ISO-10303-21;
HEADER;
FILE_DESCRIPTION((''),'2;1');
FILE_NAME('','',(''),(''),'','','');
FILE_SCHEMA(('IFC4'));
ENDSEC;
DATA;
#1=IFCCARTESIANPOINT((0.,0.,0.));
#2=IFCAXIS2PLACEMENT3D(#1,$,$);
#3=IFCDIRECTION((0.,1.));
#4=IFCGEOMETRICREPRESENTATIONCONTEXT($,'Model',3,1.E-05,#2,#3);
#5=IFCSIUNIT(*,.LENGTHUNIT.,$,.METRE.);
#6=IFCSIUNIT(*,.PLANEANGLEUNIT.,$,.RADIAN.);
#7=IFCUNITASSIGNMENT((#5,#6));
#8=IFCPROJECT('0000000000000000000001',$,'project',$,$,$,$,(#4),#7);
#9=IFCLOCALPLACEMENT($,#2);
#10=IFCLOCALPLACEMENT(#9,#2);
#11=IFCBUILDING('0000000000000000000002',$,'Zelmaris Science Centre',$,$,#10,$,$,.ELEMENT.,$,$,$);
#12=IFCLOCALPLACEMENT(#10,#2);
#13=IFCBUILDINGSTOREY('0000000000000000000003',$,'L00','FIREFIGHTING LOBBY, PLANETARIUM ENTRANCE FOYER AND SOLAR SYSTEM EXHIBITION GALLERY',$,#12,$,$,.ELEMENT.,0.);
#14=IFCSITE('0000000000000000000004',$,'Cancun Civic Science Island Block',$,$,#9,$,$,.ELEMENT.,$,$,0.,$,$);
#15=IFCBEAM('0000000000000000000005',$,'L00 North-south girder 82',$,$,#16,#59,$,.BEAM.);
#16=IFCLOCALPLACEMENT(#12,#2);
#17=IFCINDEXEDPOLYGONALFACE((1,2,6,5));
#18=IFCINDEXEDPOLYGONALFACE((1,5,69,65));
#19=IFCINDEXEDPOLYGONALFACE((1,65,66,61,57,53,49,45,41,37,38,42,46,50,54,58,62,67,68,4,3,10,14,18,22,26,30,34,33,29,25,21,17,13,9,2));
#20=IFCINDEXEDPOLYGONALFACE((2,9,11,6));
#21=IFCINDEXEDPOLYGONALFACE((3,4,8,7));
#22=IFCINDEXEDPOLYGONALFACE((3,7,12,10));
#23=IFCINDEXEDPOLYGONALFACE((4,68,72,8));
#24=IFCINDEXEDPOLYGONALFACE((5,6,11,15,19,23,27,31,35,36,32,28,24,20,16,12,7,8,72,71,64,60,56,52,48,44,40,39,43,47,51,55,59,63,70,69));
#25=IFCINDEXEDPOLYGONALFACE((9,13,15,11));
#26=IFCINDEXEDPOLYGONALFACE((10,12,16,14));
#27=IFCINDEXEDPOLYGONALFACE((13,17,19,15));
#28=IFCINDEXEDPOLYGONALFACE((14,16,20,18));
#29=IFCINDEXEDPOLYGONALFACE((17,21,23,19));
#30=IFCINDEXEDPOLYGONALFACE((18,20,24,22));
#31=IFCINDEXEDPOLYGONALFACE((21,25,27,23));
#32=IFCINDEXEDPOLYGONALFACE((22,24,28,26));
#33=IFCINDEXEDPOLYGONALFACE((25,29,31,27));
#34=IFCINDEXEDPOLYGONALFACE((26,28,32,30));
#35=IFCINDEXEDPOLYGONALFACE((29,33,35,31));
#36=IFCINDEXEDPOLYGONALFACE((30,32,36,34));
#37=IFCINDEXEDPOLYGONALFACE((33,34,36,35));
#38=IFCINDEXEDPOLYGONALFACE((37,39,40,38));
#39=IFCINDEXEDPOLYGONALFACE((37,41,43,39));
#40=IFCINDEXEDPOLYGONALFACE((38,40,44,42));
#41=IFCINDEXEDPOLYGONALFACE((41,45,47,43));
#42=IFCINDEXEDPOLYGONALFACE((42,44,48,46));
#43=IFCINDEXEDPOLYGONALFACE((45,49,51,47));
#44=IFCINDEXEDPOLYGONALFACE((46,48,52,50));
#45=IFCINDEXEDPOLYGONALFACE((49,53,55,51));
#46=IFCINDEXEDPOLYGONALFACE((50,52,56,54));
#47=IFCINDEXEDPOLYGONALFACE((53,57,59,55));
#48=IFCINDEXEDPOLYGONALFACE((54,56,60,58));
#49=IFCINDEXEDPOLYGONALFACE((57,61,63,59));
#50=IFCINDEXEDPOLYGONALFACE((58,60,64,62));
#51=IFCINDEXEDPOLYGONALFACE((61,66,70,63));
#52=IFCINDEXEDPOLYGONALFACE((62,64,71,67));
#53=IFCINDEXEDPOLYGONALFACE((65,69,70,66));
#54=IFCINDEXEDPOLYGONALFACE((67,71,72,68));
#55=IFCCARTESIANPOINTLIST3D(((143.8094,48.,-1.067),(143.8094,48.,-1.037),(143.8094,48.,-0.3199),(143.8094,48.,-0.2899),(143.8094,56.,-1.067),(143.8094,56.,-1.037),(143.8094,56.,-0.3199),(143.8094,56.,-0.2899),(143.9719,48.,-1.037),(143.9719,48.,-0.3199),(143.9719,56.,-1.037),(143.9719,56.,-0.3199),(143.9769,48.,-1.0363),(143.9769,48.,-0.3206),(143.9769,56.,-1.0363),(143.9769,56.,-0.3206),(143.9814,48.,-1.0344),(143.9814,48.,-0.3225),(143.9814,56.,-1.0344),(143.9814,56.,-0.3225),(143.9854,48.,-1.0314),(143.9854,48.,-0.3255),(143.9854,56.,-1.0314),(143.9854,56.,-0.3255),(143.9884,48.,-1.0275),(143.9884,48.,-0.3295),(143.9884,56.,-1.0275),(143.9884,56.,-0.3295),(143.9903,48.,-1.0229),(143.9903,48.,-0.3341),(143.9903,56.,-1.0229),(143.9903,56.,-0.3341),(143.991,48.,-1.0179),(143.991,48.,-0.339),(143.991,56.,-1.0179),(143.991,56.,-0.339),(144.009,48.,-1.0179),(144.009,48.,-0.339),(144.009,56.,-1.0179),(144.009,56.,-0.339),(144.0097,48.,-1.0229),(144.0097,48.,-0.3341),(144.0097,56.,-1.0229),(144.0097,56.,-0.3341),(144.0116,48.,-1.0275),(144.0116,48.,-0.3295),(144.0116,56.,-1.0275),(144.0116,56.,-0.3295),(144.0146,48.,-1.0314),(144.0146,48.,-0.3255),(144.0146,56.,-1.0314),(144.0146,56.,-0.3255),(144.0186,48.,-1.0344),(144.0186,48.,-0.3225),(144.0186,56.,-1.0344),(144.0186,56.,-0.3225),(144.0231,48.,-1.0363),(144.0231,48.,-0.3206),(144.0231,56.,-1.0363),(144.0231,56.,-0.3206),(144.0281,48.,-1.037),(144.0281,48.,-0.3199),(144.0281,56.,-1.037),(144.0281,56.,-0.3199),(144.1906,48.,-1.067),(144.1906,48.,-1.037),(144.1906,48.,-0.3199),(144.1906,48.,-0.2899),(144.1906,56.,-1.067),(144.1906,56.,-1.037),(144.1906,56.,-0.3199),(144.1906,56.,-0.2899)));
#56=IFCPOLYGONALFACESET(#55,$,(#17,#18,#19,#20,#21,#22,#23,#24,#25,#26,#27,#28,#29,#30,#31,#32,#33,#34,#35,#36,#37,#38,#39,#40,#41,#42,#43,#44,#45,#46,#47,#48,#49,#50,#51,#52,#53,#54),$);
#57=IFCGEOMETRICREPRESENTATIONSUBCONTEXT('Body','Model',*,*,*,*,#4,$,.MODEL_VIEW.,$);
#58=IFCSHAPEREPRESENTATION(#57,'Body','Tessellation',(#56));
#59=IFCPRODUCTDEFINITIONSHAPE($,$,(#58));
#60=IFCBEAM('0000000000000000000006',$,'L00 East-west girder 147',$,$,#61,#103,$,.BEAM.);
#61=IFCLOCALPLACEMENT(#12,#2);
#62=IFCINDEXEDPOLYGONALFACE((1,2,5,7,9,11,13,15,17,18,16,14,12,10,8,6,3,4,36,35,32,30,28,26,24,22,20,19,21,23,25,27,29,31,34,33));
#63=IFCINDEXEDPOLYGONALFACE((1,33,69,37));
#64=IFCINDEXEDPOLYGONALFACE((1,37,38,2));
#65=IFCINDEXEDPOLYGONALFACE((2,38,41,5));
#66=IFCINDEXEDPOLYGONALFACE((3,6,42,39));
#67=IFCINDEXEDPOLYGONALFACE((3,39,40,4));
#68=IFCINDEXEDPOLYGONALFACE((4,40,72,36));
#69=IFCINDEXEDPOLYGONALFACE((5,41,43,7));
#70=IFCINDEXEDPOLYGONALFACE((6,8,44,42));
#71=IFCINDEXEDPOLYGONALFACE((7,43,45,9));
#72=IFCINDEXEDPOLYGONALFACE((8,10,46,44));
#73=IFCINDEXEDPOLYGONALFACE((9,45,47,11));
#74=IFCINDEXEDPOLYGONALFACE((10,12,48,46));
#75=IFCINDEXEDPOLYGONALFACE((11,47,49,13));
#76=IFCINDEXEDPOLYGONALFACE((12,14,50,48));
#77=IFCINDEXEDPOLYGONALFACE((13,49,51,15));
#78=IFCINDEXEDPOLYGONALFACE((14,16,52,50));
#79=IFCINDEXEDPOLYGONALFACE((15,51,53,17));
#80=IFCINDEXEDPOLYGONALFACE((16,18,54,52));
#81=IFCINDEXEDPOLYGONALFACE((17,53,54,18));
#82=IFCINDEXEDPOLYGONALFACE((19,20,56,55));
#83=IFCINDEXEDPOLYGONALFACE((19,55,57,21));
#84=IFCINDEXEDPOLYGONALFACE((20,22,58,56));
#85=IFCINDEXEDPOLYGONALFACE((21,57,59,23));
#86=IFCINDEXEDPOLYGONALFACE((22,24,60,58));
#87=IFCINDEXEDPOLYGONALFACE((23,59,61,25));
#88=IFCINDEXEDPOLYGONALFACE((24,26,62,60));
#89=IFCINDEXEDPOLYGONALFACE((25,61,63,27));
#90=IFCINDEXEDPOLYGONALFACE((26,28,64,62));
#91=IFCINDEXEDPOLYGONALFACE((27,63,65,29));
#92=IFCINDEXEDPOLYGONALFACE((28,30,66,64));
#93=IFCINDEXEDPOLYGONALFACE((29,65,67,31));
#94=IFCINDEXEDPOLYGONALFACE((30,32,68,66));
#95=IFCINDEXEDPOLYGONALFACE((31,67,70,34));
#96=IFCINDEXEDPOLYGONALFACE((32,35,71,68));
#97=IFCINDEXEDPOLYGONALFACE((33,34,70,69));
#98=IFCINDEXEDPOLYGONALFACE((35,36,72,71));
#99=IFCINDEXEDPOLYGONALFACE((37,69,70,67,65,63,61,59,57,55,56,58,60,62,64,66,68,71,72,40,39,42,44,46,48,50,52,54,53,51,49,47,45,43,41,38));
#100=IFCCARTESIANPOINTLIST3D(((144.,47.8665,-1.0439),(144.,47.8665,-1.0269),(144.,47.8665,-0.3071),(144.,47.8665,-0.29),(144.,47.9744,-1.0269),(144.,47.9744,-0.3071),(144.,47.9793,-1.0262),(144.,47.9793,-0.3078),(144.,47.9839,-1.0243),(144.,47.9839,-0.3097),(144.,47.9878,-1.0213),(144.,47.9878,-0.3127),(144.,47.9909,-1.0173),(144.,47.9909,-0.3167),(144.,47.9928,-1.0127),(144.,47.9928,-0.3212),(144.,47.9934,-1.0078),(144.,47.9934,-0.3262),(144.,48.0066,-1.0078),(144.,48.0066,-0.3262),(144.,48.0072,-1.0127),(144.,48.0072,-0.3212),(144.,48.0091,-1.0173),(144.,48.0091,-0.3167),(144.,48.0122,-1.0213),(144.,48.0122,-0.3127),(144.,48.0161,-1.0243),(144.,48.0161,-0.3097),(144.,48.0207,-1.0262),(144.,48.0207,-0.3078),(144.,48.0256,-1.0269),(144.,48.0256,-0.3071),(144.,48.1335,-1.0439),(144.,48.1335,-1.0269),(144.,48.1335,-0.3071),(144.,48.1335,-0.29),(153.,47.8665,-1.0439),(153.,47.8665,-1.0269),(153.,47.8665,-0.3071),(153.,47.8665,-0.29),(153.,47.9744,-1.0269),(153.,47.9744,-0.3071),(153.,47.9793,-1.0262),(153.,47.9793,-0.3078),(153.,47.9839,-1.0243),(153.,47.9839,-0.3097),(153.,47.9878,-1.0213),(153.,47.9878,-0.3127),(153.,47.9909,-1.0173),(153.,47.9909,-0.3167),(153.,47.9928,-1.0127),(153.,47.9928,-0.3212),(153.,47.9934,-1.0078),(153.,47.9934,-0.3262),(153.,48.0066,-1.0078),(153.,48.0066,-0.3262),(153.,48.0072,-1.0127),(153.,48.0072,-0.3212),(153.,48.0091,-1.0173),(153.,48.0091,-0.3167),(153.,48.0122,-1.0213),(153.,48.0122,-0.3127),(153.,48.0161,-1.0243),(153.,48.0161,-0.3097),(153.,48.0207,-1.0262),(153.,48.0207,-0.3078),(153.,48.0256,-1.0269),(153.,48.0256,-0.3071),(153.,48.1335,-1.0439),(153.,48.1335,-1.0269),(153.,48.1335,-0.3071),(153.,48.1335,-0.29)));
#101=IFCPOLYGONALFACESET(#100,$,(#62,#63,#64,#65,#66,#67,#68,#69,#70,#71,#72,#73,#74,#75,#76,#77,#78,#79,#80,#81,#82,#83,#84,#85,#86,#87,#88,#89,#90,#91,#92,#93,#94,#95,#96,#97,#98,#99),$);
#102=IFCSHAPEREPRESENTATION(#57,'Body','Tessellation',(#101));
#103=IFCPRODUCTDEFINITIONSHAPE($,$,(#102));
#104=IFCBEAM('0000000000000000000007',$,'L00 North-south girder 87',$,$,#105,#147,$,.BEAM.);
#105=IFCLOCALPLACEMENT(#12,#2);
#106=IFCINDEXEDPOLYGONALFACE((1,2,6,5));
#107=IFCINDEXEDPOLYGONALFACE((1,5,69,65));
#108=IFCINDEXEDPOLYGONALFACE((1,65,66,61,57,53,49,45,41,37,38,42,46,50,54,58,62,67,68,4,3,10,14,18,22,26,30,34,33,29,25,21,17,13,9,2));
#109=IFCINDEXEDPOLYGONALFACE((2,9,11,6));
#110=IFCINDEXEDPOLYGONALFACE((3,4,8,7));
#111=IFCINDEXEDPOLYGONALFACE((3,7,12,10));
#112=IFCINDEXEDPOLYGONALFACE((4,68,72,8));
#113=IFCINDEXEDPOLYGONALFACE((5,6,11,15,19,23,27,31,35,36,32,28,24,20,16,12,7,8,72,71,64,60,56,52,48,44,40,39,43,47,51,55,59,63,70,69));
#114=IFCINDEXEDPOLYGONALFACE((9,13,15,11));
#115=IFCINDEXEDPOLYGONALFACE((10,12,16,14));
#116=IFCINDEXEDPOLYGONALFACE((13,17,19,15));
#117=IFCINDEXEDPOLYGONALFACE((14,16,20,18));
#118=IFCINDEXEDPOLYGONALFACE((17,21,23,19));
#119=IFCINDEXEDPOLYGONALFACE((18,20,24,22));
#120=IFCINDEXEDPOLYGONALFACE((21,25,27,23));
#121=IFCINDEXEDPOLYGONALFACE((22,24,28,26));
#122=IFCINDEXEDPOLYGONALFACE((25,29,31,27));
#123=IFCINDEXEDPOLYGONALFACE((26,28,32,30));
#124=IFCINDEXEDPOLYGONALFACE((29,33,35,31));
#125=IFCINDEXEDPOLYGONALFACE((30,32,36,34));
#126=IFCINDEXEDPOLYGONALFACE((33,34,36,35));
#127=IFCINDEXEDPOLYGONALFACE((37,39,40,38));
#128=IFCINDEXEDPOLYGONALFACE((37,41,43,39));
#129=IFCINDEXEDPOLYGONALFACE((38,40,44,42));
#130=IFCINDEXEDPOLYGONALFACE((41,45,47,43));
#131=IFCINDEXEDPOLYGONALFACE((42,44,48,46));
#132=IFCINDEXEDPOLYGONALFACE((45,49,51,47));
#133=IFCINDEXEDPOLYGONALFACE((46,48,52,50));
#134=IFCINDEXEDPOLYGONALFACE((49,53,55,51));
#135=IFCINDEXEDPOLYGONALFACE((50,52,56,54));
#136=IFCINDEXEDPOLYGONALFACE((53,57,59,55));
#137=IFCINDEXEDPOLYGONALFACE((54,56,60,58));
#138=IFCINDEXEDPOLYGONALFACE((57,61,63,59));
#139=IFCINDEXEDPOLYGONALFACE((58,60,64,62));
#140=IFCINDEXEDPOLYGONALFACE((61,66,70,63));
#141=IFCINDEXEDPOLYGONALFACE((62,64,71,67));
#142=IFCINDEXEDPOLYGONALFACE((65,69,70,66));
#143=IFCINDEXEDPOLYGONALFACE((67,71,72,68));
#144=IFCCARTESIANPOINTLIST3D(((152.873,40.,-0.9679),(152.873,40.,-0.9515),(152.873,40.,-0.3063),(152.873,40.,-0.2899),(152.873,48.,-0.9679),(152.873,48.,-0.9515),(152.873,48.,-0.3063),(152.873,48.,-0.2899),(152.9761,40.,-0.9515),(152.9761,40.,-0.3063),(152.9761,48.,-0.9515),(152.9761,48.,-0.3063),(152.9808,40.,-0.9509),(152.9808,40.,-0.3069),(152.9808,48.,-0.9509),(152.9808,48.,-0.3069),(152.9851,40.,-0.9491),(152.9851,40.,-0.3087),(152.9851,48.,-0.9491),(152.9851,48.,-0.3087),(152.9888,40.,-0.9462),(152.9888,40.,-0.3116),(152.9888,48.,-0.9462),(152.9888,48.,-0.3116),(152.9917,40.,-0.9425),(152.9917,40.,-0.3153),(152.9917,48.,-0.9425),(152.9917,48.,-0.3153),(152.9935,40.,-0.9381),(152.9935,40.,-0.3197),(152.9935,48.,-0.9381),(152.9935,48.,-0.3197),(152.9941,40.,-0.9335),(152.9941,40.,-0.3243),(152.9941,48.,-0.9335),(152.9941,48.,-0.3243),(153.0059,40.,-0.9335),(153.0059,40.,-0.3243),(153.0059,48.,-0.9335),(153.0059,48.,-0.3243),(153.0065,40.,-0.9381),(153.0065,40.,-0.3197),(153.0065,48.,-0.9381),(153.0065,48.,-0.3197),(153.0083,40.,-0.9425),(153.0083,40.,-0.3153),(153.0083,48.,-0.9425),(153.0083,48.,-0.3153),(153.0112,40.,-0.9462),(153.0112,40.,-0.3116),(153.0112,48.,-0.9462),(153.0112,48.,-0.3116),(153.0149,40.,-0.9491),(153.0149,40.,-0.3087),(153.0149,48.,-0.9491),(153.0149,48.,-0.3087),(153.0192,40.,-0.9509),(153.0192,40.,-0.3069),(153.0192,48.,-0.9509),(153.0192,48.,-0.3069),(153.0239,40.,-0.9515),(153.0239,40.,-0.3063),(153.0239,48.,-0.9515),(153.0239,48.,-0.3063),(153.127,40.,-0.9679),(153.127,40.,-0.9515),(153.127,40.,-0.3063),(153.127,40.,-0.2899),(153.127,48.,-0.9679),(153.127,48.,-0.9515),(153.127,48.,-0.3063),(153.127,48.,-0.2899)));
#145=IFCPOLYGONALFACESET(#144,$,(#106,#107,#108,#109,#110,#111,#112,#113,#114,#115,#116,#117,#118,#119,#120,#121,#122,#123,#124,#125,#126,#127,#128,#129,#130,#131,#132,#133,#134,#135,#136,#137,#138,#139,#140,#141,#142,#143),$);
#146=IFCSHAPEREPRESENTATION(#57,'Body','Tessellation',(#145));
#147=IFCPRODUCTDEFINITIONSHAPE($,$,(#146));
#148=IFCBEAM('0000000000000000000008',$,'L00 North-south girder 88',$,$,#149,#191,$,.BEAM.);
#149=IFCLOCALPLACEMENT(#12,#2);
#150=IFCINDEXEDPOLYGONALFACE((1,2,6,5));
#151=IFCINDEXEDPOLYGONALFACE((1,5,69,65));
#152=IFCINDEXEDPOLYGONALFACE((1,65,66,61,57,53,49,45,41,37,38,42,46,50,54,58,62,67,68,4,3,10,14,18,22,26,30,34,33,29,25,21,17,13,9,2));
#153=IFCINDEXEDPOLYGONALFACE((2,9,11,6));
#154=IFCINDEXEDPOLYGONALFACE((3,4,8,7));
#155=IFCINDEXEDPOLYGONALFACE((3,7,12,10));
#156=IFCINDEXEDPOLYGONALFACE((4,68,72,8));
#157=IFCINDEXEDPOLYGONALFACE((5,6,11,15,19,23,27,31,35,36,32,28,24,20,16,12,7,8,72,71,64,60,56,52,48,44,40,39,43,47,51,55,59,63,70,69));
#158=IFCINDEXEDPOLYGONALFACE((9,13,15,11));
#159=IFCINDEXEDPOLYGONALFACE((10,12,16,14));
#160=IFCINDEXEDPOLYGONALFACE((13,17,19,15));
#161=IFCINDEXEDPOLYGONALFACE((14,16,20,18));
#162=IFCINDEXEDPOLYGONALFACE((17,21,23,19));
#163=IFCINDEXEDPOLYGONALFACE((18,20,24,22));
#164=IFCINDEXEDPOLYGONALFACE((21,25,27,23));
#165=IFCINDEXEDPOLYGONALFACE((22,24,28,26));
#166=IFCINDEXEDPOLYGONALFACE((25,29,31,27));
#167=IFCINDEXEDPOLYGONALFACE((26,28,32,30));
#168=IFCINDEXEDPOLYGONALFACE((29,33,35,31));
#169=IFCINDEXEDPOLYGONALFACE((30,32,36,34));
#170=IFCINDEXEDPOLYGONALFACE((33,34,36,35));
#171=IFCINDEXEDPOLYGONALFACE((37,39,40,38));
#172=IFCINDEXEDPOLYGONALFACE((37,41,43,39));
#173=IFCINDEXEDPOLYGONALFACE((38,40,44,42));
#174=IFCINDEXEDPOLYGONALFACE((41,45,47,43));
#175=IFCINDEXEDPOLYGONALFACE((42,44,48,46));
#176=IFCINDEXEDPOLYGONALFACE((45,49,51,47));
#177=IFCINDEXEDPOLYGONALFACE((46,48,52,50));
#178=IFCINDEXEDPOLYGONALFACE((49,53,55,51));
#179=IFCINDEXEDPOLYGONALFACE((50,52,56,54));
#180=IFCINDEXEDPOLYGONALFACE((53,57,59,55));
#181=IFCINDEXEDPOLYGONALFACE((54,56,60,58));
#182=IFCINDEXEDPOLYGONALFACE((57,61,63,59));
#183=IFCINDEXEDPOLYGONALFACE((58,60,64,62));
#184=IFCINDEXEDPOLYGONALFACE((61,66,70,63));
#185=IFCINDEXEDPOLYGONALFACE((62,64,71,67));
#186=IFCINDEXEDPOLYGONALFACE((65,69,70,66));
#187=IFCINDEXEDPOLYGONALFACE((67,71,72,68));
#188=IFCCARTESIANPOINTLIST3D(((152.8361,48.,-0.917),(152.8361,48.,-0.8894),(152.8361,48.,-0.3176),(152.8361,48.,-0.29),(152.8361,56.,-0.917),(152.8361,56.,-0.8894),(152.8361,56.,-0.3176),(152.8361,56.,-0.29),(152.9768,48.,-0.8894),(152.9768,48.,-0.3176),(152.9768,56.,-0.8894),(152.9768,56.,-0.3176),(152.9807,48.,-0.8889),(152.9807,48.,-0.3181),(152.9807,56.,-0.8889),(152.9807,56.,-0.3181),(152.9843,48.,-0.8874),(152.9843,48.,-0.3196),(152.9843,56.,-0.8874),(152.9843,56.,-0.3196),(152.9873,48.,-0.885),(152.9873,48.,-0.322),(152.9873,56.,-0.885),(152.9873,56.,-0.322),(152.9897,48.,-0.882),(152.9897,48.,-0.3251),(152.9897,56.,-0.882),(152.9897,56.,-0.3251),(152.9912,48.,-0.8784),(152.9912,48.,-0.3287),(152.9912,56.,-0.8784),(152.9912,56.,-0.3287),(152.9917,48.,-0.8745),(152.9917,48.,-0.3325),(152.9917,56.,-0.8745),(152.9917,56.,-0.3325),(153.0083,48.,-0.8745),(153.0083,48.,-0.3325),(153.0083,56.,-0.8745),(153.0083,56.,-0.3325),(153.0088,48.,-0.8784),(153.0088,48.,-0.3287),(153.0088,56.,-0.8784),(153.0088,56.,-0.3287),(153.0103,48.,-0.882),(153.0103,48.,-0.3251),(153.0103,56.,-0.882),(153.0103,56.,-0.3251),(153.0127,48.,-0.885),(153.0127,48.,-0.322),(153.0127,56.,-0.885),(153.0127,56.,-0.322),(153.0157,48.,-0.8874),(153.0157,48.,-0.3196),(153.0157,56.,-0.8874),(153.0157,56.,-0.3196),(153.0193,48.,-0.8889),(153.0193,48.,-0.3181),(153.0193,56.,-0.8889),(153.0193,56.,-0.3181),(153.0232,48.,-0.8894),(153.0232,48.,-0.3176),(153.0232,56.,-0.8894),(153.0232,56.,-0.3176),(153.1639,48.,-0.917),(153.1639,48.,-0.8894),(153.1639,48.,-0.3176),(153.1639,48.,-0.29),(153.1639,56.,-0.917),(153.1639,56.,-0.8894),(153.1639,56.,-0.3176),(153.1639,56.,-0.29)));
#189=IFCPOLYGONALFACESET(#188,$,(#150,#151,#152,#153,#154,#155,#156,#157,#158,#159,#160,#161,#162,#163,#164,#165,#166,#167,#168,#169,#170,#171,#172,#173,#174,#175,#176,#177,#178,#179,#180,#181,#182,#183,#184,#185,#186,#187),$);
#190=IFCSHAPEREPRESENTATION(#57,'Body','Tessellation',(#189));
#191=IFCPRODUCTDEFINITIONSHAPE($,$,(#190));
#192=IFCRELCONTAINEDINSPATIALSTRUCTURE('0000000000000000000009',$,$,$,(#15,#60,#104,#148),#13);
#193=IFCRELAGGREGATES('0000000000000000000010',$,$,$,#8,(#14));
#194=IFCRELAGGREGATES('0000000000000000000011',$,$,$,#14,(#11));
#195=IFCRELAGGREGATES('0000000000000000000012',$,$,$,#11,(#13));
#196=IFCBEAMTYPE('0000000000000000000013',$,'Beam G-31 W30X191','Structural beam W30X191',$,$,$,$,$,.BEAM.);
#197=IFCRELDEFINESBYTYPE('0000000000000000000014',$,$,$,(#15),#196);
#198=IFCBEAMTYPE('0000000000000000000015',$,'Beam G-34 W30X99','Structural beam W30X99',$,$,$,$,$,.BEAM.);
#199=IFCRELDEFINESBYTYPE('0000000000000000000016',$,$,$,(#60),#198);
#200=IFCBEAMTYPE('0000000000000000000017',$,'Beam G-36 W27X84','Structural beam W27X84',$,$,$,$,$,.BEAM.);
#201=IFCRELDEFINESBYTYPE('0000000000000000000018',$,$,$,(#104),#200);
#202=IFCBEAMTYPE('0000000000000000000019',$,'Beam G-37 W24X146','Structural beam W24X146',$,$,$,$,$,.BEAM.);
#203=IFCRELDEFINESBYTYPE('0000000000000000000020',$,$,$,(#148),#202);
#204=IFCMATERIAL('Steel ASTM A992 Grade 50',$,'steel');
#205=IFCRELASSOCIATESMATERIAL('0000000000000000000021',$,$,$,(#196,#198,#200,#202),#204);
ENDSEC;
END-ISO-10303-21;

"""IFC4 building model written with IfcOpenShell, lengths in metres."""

from ifc_helpers import new_model, si_unit, direction, frame, origin, origin_2d, place, context, subcontext, project, spatial, i_section, extrude, material, material_profile, profile_set, type_object, element, save


model = new_model("IFC4")

# Units and contexts
model_context = context("Model", 3, precision=1e-05, world=origin(), true_north=direction((0.0, 1.0)))
body_context = subcontext(model_context, "Body", "Model", "MODEL_VIEW")
ifc_project = project(units=[si_unit("LENGTHUNIT", "METRE"), si_unit("PLANEANGLEUNIT", "RADIAN")], contexts=[model_context])

# Site, building, storey
site_placement = place(None, origin())
site = spatial("IfcSite", under=ifc_project, at=site_placement, Name="Cancun Civic Science Island Block", CompositionType="ELEMENT", RefElevation=0.0)
building_placement = place(site_placement, origin())
building = spatial("IfcBuilding", under=site, at=building_placement, Name="Zelmaris Science Centre", CompositionType="ELEMENT")
storey_placement = place(building_placement, origin())
storey = spatial("IfcBuildingStorey", under=building, at=storey_placement, Name="L00", Description="FIREFIGHTING LOBBY, PLANETARIUM ENTRANCE FOYER AND SOLAR SYSTEM EXHIBITION GALLERY", CompositionType="ELEMENT", Elevation=0.0)

# Shared definitions
ifc_material_1 = material(Name="Steel ASTM A992 Grade 50", Category="steel")

# Beams
ifc_material_profile_1 = material_profile(ifc_material_1, i_section(OverallWidth=0.3811, OverallDepth=0.7771, WebThickness=0.0181, FlangeThickness=0.03, FilletRadius=0.019, at=origin_2d()), Name="W30X191")
ifc_profile_set_1 = profile_set([ifc_material_profile_1], Name="Steel ASTM A992 Grade 50")
beam_type_1 = type_object("IfcBeamType", Name="Beam G-31 W30X191", Description="Structural beam W30X191", PredefinedType="BEAM", material=ifc_profile_set_1)
beam_1_placement = place(storey_placement, frame((144.0, 48.0, -0.6785), z_axis=(0.0, 1.0, 0.0), x_axis=(-1.0, 0.0, 0.0)))
element("IfcBeam", 1, at=beam_1_placement, inside=storey, type_object=beam_type_1, Name="L00 North-south girder 82", PredefinedType="BEAM", context=body_context, shape_type="SweptSolid", body=[
    extrude(i_section(OverallWidth=0.3811, OverallDepth=0.7771, WebThickness=0.0181, FlangeThickness=0.03, FilletRadius=0.019, at=origin_2d()), origin(), (0.0, 0.0, 1.0), 8.0),
])
ifc_material_profile_2 = material_profile(ifc_material_1, i_section(OverallWidth=0.2671, OverallDepth=0.7539, WebThickness=0.0132, FlangeThickness=0.0171, FilletRadius=0.019, at=origin_2d()), Name="W30X99")
ifc_profile_set_2 = profile_set([ifc_material_profile_2], Name="Steel ASTM A992 Grade 50")
beam_type_2 = type_object("IfcBeamType", Name="Beam G-34 W30X99", Description="Structural beam W30X99", PredefinedType="BEAM", material=ifc_profile_set_2)
beam_2_placement = place(storey_placement, frame((144.0, 48.0, -0.667), z_axis=(1.0, 0.0, 0.0), x_axis=(0.0, 1.0, 0.0)))
element("IfcBeam", 2, at=beam_2_placement, inside=storey, type_object=beam_type_2, Name="L00 East-west girder 147", PredefinedType="BEAM", context=body_context, shape_type="SweptSolid", body=[
    extrude(i_section(OverallWidth=0.2671, OverallDepth=0.7539, WebThickness=0.0132, FlangeThickness=0.0171, FilletRadius=0.019, at=origin_2d()), origin(), (0.0, 0.0, 1.0), 9.0),
])
ifc_material_profile_3 = material_profile(ifc_material_1, i_section(OverallWidth=0.2539, OverallDepth=0.678, WebThickness=0.0117, FlangeThickness=0.0164, FilletRadius=0.0181, at=origin_2d()), Name="W27X84")
ifc_profile_set_3 = profile_set([ifc_material_profile_3], Name="Steel ASTM A992 Grade 50")
beam_type_3 = type_object("IfcBeamType", Name="Beam G-36 W27X84", Description="Structural beam W27X84", PredefinedType="BEAM", material=ifc_profile_set_3)
beam_3_placement = place(storey_placement, frame((153.0, 40.0, -0.6289), z_axis=(0.0, 1.0, 0.0), x_axis=(-1.0, 0.0, 0.0)))
element("IfcBeam", 3, at=beam_3_placement, inside=storey, type_object=beam_type_3, Name="L00 North-south girder 87", PredefinedType="BEAM", context=body_context, shape_type="SweptSolid", body=[
    extrude(i_section(OverallWidth=0.2539, OverallDepth=0.678, WebThickness=0.0117, FlangeThickness=0.0164, FilletRadius=0.0181, at=origin_2d()), origin(), (0.0, 0.0, 1.0), 8.0),
])
ifc_material_profile_4 = material_profile(ifc_material_1, i_section(OverallWidth=0.3279, OverallDepth=0.627, WebThickness=0.0166, FlangeThickness=0.0276, FilletRadius=0.0149, at=origin_2d()), Name="W24X146")
ifc_profile_set_4 = profile_set([ifc_material_profile_4], Name="Steel ASTM A992 Grade 50")
beam_type_4 = type_object("IfcBeamType", Name="Beam G-37 W24X146", Description="Structural beam W24X146", PredefinedType="BEAM", material=ifc_profile_set_4)
beam_4_placement = place(storey_placement, frame((153.0, 48.0, -0.6035), z_axis=(0.0, 1.0, 0.0), x_axis=(-1.0, 0.0, 0.0)))
element("IfcBeam", 4, at=beam_4_placement, inside=storey, type_object=beam_type_4, Name="L00 North-south girder 88", PredefinedType="BEAM", context=body_context, shape_type="SweptSolid", body=[
    extrude(i_section(OverallWidth=0.3279, OverallDepth=0.627, WebThickness=0.0166, FlangeThickness=0.0276, FilletRadius=0.0149, at=origin_2d()), origin(), (0.0, 0.0, 1.0), 8.0),
])

save(model, "model.ifc")
